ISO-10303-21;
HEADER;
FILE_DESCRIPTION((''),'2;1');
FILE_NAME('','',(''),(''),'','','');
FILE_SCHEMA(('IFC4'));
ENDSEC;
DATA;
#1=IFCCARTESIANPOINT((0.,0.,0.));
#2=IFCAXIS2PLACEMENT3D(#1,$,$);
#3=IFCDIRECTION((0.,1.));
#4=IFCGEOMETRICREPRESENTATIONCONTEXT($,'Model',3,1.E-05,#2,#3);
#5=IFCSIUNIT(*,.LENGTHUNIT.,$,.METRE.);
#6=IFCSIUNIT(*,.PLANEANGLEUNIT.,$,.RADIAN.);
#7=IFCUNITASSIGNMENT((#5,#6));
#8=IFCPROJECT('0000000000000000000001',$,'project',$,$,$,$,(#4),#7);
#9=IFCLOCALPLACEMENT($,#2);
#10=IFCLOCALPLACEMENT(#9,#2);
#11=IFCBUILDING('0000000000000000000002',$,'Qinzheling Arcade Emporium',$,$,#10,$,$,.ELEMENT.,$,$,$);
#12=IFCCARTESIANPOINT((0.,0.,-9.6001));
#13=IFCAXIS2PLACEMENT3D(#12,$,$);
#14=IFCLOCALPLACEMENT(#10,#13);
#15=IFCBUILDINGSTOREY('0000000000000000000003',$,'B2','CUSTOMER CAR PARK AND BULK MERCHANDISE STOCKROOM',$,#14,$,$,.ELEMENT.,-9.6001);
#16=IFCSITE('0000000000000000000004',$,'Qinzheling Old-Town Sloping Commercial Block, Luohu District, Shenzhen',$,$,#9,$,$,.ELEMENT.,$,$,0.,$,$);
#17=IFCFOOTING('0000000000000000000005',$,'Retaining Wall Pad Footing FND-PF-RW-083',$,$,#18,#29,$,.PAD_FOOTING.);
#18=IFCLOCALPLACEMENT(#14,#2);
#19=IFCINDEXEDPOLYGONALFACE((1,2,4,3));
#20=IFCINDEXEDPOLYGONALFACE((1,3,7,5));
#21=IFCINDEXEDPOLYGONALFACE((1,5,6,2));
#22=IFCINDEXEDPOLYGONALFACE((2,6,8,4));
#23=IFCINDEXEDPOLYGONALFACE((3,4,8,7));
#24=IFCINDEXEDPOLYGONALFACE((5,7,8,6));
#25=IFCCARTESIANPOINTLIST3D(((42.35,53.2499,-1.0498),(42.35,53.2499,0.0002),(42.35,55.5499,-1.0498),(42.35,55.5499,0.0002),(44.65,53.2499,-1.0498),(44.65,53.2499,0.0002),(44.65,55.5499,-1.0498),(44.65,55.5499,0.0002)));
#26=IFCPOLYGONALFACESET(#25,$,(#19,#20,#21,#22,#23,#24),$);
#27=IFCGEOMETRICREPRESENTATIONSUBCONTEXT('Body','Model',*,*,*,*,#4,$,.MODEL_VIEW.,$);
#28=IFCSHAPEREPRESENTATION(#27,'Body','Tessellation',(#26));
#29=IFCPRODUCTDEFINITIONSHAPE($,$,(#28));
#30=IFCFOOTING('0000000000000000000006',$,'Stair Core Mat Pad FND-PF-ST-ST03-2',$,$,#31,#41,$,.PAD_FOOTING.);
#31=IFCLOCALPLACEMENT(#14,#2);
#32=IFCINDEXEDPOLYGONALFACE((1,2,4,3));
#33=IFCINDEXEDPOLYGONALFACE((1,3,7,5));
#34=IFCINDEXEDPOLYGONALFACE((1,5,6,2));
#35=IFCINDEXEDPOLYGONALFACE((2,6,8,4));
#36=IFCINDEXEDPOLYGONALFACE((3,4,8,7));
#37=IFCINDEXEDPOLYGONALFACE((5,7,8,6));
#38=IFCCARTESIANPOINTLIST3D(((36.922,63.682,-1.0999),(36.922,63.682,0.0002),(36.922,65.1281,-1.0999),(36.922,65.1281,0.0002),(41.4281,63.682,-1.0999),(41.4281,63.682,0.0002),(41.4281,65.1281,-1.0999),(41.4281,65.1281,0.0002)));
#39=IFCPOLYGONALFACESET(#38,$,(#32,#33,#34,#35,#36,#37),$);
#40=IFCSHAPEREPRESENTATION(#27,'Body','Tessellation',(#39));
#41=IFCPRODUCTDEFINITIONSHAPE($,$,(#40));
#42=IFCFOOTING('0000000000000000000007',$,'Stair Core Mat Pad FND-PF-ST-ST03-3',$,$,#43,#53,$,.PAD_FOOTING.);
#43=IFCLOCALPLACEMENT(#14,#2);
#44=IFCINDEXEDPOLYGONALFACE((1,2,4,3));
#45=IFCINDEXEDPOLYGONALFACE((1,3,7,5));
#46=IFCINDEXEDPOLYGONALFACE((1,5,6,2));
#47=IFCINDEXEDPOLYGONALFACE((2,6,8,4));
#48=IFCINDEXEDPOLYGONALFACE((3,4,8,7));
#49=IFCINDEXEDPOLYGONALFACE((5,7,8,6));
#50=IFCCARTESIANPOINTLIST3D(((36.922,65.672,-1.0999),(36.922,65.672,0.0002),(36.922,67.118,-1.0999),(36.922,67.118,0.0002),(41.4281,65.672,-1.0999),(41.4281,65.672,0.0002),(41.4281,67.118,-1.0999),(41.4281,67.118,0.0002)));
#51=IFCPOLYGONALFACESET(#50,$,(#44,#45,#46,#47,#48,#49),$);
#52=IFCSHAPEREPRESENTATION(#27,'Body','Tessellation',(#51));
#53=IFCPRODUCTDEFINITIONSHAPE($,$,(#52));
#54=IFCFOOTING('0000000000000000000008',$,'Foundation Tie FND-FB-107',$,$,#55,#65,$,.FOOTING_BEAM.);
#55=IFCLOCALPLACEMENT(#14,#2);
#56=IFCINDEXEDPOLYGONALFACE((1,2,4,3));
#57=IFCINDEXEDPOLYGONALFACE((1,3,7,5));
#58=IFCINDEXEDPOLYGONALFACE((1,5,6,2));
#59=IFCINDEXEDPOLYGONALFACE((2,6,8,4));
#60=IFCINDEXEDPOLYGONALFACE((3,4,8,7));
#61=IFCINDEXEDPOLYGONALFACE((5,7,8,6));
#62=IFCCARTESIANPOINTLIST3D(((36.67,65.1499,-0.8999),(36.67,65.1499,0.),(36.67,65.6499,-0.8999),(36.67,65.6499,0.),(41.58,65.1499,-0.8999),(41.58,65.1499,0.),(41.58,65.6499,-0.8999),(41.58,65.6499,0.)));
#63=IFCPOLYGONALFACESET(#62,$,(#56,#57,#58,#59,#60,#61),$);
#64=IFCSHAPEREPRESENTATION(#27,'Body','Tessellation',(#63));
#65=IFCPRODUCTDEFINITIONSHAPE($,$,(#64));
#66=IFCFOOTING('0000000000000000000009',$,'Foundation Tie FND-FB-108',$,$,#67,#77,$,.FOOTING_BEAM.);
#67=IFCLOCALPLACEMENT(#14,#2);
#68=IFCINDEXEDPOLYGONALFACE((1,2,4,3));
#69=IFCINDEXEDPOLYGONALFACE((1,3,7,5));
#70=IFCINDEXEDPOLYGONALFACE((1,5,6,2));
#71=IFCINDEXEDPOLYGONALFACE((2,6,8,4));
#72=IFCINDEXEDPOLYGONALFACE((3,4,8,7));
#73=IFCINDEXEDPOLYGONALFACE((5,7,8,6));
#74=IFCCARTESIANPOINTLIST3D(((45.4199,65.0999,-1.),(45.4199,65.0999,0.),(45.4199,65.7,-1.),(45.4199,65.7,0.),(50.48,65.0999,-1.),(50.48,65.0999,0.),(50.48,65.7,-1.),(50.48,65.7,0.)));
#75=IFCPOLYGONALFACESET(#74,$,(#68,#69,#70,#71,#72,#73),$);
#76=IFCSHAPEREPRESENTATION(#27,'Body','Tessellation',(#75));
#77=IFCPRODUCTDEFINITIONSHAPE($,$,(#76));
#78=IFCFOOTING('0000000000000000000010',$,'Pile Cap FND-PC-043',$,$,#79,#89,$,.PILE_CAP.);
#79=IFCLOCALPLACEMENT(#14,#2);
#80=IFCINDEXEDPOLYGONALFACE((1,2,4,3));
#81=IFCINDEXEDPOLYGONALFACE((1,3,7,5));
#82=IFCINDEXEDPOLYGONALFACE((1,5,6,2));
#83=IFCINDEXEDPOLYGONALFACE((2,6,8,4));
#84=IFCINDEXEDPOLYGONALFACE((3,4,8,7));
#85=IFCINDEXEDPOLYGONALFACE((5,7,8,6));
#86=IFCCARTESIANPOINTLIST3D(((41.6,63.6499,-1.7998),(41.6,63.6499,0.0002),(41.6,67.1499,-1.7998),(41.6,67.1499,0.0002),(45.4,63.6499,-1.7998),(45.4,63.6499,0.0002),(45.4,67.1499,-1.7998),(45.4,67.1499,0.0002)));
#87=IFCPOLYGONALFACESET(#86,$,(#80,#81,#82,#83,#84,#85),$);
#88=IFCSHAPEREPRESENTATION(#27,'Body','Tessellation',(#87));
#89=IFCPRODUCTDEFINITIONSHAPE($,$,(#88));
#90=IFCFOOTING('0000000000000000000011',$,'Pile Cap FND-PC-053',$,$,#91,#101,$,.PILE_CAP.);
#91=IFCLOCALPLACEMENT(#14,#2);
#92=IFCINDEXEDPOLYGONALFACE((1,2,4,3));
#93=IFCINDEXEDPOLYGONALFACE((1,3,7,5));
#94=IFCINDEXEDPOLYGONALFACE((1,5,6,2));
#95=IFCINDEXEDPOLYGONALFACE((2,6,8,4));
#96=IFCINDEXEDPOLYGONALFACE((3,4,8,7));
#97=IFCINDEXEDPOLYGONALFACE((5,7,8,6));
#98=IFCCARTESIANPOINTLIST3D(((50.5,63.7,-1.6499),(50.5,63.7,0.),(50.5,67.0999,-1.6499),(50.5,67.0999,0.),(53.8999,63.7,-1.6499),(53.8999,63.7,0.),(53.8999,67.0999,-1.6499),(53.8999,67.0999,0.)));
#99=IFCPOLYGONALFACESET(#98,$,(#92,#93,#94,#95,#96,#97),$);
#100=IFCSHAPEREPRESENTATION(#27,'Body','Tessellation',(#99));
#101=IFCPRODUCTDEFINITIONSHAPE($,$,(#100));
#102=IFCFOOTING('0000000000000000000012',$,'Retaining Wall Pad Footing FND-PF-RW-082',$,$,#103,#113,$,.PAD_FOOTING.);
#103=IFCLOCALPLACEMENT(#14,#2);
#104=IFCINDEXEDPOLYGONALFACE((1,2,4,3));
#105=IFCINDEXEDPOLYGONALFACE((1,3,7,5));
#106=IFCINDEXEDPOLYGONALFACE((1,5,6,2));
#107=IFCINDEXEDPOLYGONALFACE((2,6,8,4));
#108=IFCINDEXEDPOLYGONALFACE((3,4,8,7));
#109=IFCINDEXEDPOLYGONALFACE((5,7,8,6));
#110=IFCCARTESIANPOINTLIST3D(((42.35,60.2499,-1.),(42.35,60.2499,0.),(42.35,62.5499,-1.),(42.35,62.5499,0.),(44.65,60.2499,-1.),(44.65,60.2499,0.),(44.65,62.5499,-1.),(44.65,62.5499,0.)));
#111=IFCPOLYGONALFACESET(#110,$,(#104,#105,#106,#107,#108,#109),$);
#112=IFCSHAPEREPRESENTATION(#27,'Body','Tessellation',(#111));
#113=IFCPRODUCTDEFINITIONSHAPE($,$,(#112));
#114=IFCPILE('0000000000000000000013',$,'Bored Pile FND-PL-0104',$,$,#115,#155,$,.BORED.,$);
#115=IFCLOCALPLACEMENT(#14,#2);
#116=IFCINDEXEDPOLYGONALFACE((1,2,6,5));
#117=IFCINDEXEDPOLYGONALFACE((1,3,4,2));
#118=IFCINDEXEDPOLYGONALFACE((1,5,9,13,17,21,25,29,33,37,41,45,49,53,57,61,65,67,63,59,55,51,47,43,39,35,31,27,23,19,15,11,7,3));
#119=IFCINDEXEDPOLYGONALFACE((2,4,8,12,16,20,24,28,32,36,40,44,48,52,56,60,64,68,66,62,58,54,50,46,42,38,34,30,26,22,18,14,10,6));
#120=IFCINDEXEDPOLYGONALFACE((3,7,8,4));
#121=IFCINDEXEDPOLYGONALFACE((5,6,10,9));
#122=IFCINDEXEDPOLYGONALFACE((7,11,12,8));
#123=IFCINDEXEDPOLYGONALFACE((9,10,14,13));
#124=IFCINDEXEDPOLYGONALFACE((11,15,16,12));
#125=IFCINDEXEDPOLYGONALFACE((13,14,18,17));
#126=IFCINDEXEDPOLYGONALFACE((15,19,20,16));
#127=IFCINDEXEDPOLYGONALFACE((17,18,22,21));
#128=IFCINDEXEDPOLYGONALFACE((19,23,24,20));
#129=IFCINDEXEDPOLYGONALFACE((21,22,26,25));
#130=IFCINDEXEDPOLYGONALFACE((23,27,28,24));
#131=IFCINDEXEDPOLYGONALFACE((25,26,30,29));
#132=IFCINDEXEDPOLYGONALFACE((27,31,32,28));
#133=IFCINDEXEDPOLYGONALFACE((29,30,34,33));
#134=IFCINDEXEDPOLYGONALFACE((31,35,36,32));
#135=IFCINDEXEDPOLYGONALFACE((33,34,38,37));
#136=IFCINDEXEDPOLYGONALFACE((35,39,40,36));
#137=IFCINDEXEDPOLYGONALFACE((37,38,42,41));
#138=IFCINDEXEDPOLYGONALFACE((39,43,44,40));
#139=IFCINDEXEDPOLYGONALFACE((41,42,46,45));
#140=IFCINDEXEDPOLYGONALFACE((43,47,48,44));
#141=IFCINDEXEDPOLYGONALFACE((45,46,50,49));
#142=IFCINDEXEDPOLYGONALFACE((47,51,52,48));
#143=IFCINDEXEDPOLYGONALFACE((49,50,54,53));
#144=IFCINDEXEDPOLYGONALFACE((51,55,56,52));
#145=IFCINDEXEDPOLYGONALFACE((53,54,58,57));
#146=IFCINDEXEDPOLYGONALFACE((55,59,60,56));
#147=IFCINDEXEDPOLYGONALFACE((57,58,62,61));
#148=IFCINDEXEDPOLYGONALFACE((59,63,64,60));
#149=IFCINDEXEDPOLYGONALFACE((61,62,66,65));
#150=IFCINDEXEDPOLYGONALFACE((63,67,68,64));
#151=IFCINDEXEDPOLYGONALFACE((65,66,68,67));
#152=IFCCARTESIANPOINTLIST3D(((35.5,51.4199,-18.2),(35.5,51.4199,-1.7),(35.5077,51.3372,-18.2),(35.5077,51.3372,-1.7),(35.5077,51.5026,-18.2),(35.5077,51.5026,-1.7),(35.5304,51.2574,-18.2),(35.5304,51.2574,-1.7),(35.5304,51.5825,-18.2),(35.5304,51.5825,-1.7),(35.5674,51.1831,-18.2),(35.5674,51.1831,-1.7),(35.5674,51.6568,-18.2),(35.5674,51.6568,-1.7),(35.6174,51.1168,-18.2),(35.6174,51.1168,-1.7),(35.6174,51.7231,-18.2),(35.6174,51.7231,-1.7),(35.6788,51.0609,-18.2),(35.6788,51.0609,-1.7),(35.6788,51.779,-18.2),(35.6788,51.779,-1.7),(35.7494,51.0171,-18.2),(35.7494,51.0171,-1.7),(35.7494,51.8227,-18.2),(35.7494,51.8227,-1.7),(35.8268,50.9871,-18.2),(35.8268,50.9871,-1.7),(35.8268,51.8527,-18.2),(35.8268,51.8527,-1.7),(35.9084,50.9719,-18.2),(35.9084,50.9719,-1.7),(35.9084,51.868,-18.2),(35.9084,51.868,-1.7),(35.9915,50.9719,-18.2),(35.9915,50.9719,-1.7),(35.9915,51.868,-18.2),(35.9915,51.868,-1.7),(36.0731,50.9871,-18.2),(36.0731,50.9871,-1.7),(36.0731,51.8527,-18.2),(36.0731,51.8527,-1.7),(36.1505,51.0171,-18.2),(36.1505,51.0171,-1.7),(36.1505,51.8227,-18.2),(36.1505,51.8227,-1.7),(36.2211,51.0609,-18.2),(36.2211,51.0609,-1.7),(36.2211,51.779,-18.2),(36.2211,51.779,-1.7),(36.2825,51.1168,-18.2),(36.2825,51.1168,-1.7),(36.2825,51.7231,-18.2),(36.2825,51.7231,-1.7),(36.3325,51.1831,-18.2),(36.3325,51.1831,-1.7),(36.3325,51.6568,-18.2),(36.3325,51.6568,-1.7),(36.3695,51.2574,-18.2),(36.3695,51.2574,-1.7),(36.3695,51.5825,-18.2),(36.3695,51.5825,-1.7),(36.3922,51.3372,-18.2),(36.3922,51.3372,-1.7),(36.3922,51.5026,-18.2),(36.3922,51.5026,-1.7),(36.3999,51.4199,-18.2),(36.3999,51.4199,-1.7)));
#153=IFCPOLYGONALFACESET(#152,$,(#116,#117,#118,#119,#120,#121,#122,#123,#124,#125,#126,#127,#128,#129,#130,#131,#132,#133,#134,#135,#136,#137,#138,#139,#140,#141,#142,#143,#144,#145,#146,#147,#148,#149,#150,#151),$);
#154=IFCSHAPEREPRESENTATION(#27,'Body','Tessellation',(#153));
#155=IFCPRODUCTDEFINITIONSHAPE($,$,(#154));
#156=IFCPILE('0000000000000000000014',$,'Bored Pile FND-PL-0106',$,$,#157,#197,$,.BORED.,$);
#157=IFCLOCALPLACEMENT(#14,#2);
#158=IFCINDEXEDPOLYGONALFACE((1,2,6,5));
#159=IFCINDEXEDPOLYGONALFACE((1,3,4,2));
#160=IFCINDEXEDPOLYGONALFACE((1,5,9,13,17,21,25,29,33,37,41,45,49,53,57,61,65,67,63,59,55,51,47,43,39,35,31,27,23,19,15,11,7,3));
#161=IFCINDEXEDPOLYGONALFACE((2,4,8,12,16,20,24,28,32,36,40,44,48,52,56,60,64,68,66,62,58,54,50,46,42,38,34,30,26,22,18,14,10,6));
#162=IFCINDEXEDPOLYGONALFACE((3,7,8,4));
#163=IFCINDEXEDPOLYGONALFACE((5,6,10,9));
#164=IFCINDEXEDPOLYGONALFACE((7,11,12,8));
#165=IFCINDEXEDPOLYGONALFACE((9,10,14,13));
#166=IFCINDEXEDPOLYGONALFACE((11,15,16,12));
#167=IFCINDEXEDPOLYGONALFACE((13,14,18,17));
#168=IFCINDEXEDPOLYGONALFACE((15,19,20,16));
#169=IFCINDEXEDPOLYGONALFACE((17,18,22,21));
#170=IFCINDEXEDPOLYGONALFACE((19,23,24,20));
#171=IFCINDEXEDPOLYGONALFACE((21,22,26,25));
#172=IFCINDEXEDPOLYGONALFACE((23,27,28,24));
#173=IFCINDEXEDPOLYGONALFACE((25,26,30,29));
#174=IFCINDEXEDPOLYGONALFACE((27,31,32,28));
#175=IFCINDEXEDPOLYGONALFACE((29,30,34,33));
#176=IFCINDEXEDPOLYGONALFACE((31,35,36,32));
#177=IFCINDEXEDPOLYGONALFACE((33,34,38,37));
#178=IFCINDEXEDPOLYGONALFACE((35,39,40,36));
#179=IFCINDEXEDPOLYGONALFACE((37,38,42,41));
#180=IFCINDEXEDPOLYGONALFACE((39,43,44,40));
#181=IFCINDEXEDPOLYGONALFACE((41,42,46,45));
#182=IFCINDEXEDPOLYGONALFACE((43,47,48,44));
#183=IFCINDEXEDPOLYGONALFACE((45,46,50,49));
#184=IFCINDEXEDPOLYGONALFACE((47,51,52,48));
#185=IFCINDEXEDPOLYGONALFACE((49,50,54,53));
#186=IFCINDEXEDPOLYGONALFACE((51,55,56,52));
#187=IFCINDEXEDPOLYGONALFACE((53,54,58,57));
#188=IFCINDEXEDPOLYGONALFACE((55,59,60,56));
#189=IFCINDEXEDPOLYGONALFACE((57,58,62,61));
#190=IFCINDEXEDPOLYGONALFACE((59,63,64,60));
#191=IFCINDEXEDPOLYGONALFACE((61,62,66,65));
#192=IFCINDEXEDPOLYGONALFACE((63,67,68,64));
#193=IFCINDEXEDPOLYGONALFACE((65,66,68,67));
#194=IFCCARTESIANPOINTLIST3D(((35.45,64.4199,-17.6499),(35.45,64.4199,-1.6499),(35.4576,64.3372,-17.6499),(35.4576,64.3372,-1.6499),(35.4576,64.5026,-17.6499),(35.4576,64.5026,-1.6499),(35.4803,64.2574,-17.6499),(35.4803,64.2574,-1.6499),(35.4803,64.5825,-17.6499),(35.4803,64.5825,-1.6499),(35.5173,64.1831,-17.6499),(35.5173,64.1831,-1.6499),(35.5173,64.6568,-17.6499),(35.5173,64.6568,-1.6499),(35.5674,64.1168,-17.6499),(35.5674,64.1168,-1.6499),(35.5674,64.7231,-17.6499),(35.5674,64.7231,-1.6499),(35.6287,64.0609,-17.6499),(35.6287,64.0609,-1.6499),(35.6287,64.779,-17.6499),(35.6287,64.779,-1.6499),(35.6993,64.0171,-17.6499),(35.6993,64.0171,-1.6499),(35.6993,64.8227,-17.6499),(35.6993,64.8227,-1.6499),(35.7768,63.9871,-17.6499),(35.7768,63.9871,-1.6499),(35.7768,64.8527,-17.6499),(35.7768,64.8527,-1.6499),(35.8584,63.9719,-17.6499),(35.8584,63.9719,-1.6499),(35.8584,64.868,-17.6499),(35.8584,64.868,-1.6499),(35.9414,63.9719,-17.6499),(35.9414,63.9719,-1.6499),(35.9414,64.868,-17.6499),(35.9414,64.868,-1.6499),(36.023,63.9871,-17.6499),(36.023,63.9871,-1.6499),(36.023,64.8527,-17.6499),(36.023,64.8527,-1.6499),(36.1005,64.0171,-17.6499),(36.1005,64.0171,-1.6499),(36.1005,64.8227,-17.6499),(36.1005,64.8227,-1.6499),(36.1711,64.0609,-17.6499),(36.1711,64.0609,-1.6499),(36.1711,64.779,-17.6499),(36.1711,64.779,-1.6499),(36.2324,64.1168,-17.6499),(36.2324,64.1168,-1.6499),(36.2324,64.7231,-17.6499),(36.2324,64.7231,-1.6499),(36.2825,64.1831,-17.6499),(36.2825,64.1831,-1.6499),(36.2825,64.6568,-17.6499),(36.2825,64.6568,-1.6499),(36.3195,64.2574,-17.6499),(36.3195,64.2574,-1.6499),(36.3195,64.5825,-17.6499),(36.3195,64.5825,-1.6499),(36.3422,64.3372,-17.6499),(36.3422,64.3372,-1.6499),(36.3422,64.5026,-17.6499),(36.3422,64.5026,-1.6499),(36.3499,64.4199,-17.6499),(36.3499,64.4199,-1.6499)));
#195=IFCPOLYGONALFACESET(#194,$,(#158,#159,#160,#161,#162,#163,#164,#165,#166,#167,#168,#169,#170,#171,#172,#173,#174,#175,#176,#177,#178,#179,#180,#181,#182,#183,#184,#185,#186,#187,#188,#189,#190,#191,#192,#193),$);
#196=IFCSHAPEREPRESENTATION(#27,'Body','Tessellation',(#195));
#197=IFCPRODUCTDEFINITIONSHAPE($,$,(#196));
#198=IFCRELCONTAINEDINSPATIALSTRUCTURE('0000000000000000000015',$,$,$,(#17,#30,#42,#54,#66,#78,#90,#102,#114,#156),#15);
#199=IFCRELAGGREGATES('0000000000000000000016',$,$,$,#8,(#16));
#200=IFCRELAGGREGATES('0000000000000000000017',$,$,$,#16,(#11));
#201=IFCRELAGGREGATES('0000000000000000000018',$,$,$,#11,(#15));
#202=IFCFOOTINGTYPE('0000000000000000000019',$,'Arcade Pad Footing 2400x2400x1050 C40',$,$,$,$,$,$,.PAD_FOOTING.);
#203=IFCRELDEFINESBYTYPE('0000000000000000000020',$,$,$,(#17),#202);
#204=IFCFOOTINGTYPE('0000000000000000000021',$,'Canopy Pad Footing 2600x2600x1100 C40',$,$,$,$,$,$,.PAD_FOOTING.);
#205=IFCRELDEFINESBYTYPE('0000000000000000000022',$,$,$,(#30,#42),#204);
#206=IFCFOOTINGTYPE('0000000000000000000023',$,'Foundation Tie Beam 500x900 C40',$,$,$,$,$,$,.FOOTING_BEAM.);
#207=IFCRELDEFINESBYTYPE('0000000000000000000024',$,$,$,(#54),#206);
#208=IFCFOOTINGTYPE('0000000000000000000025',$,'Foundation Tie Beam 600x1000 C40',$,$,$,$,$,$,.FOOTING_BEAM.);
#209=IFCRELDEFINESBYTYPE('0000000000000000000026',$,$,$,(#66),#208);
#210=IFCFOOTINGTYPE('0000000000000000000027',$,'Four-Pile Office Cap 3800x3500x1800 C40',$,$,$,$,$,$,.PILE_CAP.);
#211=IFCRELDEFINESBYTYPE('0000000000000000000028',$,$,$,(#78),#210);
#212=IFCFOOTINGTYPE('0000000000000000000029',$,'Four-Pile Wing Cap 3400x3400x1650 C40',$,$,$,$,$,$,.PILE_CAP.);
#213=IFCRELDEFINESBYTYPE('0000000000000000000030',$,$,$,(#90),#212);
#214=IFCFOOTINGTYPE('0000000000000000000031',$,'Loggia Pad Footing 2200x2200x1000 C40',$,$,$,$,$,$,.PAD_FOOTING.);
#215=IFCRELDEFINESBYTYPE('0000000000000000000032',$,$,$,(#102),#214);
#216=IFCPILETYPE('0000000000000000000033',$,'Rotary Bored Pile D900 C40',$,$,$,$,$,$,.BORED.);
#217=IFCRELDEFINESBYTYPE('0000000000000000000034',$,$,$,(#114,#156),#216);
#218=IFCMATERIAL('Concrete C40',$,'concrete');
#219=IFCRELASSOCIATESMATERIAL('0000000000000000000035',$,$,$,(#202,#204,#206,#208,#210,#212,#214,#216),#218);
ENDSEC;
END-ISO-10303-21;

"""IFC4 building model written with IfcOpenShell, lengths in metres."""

from ifc_helpers import new_model, si_unit, direction, frame, origin, origin_2d, place, context, subcontext, project, spatial, rectangle, circle, extrude, material, material_profile, profile_set, type_object, element, save


model = new_model("IFC4")

# Units and contexts
model_context = context("Model", 3, precision=1e-05, world=origin(), true_north=direction((0.0, 1.0)))
body_context = subcontext(model_context, "Body", "Model", "MODEL_VIEW")
ifc_project = project(units=[si_unit("LENGTHUNIT", "METRE"), si_unit("PLANEANGLEUNIT", "RADIAN")], contexts=[model_context])

# Site, building, storey
site_placement = place(None, origin())
site = spatial("IfcSite", under=ifc_project, at=site_placement, Name="Qinzheling Old-Town Sloping Commercial Block, Luohu District, Shenzhen", CompositionType="ELEMENT", RefElevation=0.0)
building_placement = place(site_placement, origin())
building = spatial("IfcBuilding", under=site, at=building_placement, Name="Qinzheling Arcade Emporium", CompositionType="ELEMENT")
storey_placement = place(building_placement, frame((0.0, 0.0, -9.6001)))
storey = spatial("IfcBuildingStorey", under=building, at=storey_placement, Name="B2", Description="CUSTOMER CAR PARK AND BULK MERCHANDISE STOCKROOM", CompositionType="ELEMENT", Elevation=-9.6001)

# Footings
ifc_material_1 = material(Name="Concrete C40", Category="concrete")
footing_type_1 = type_object("IfcFootingType", Name="Arcade Pad Footing 2400x2400x1050 C40", PredefinedType="PAD_FOOTING", material=ifc_material_1)
footing_1_placement = place(storey_placement, frame((43.5, 54.3999, -1.0498), z_axis=(0.0, 0.0, 1.0), x_axis=(1.0, 0.0, 0.0)))
element("IfcFooting", 1, at=footing_1_placement, inside=storey, type_object=footing_type_1, Name="Retaining Wall Pad Footing FND-PF-RW-083", PredefinedType="PAD_FOOTING", context=body_context, shape_type="SweptSolid", body=[
    extrude(rectangle(XDim=2.3, YDim=2.3, at=origin_2d()), origin(), (0.0, 0.0, 1.0), 1.05),
])
footing_type_2 = type_object("IfcFootingType", Name="Canopy Pad Footing 2600x2600x1100 C40", PredefinedType="PAD_FOOTING", material=ifc_material_1)
for number, where, z_axis, x_axis, name in (
    (2, (39.175, 64.405, -1.0999), (0.0, 0.0, 1.0), (1.0, 0.0, 0.0), "Stair Core Mat Pad FND-PF-ST-ST03-2"),
    (3, (39.175, 66.395, -1.0999), (0.0, 0.0, 1.0), (1.0, 0.0, 0.0), "Stair Core Mat Pad FND-PF-ST-ST03-3"),
):
    element("IfcFooting", number, at=place(storey_placement, frame(where, z_axis=z_axis, x_axis=x_axis)), inside=storey, type_object=footing_type_2, Name=name, PredefinedType="PAD_FOOTING", context=body_context, shape_type="SweptSolid", body=[
        extrude(rectangle(XDim=4.5061, YDim=1.446, at=origin_2d()), origin(), (0.0, 0.0, 1.0), 1.1001),
    ])
footing_type_3 = type_object("IfcFootingType", Name="Foundation Tie Beam 500x900 C40", PredefinedType="FOOTING_BEAM", material=ifc_material_1)
footing_2_placement = place(storey_placement, frame((39.125, 65.3999, -0.8999), z_axis=(0.0, 0.0, 1.0), x_axis=(1.0, 0.0, 0.0)))
element("IfcFooting", 4, at=footing_2_placement, inside=storey, type_object=footing_type_3, Name="Foundation Tie FND-FB-107", PredefinedType="FOOTING_BEAM", context=body_context, shape_type="SweptSolid", body=[
    extrude(rectangle(XDim=4.9099, YDim=0.5, at=origin_2d()), origin(), (0.0, 0.0, 1.0), 0.8999),
])
footing_type_4 = type_object("IfcFootingType", Name="Foundation Tie Beam 600x1000 C40", PredefinedType="FOOTING_BEAM", material=ifc_material_1)
footing_3_placement = place(storey_placement, frame((47.95, 65.3999, -1.0), z_axis=(0.0, 0.0, 1.0), x_axis=(1.0, 0.0, 0.0)))
element("IfcFooting", 5, at=footing_3_placement, inside=storey, type_object=footing_type_4, Name="Foundation Tie FND-FB-108", PredefinedType="FOOTING_BEAM", context=body_context, shape_type="SweptSolid", body=[
    extrude(rectangle(XDim=5.0601, YDim=0.6001, at=origin_2d()), origin(), (0.0, 0.0, 1.0), 1.0),
])
footing_type_5 = type_object("IfcFootingType", Name="Four-Pile Office Cap 3800x3500x1800 C40", PredefinedType="PILE_CAP", material=ifc_material_1)
footing_4_placement = place(storey_placement, frame((43.5, 65.3999, -1.7998), z_axis=(0.0, 0.0, 1.0), x_axis=(1.0, 0.0, 0.0)))
element("IfcFooting", 6, at=footing_4_placement, inside=storey, type_object=footing_type_5, Name="Pile Cap FND-PC-043", PredefinedType="PILE_CAP", context=body_context, shape_type="SweptSolid", body=[
    extrude(rectangle(XDim=3.8, YDim=3.5, at=origin_2d()), origin(), (0.0, 0.0, 1.0), 1.8),
])
footing_type_6 = type_object("IfcFootingType", Name="Four-Pile Wing Cap 3400x3400x1650 C40", PredefinedType="PILE_CAP", material=ifc_material_1)
footing_5_placement = place(storey_placement, frame((52.2, 65.3999, -1.6499), z_axis=(0.0, 0.0, 1.0), x_axis=(1.0, 0.0, 0.0)))
element("IfcFooting", 7, at=footing_5_placement, inside=storey, type_object=footing_type_6, Name="Pile Cap FND-PC-053", PredefinedType="PILE_CAP", context=body_context, shape_type="SweptSolid", body=[
    extrude(rectangle(XDim=3.3999, YDim=3.3999, at=origin_2d()), origin(), (0.0, 0.0, 1.0), 1.6499),
])
footing_type_7 = type_object("IfcFootingType", Name="Loggia Pad Footing 2200x2200x1000 C40", PredefinedType="PAD_FOOTING", material=ifc_material_1)
footing_6_placement = place(storey_placement, frame((43.5, 61.3999, -1.0), z_axis=(0.0, 0.0, 1.0), x_axis=(1.0, 0.0, 0.0)))
element("IfcFooting", 8, at=footing_6_placement, inside=storey, type_object=footing_type_7, Name="Retaining Wall Pad Footing FND-PF-RW-082", PredefinedType="PAD_FOOTING", context=body_context, shape_type="SweptSolid", body=[
    extrude(rectangle(XDim=2.3, YDim=2.3, at=origin_2d()), origin(), (0.0, 0.0, 1.0), 1.0),
])

# Piles
ifc_material_profile_1 = material_profile(ifc_material_1, circle(Radius=0.45, at=origin_2d()), Name="BORED D900", Category="concrete")
ifc_profile_set_1 = profile_set([ifc_material_profile_1], Name="Concrete C40")
pile_type = type_object("IfcPileType", Name="Rotary Bored Pile D900 C40", PredefinedType="BORED", material=ifc_profile_set_1)
pile_placement = place(storey_placement, frame((35.95, 51.4199, -1.7), z_axis=(0.0, 0.0, -1.0), x_axis=(1.0, 0.0, 0.0)))
element("IfcPile", 9, at=pile_placement, inside=storey, type_object=pile_type, Name="Bored Pile FND-PL-0104", PredefinedType="BORED", context=body_context, shape_type="SweptSolid", body=[
    extrude(circle(Radius=0.45, at=origin_2d()), origin(), (0.0, 0.0, 1.0), 16.5),
])
for number, where, z_axis, x_axis, name in (
    (10, (35.8999, 64.4199, -1.6499), (0.0, 0.0, -1.0), (1.0, 0.0, 0.0), "Bored Pile FND-PL-0106"),
):
    element("IfcPile", number, at=place(storey_placement, frame(where, z_axis=z_axis, x_axis=x_axis)), inside=storey, type_object=pile_type, Name=name, PredefinedType="BORED", context=body_context, shape_type="SweptSolid", body=[
        extrude(circle(Radius=0.45, at=origin_2d()), origin(), (0.0, 0.0, 1.0), 16.0),
    ])

save(model, "model.ifc")
